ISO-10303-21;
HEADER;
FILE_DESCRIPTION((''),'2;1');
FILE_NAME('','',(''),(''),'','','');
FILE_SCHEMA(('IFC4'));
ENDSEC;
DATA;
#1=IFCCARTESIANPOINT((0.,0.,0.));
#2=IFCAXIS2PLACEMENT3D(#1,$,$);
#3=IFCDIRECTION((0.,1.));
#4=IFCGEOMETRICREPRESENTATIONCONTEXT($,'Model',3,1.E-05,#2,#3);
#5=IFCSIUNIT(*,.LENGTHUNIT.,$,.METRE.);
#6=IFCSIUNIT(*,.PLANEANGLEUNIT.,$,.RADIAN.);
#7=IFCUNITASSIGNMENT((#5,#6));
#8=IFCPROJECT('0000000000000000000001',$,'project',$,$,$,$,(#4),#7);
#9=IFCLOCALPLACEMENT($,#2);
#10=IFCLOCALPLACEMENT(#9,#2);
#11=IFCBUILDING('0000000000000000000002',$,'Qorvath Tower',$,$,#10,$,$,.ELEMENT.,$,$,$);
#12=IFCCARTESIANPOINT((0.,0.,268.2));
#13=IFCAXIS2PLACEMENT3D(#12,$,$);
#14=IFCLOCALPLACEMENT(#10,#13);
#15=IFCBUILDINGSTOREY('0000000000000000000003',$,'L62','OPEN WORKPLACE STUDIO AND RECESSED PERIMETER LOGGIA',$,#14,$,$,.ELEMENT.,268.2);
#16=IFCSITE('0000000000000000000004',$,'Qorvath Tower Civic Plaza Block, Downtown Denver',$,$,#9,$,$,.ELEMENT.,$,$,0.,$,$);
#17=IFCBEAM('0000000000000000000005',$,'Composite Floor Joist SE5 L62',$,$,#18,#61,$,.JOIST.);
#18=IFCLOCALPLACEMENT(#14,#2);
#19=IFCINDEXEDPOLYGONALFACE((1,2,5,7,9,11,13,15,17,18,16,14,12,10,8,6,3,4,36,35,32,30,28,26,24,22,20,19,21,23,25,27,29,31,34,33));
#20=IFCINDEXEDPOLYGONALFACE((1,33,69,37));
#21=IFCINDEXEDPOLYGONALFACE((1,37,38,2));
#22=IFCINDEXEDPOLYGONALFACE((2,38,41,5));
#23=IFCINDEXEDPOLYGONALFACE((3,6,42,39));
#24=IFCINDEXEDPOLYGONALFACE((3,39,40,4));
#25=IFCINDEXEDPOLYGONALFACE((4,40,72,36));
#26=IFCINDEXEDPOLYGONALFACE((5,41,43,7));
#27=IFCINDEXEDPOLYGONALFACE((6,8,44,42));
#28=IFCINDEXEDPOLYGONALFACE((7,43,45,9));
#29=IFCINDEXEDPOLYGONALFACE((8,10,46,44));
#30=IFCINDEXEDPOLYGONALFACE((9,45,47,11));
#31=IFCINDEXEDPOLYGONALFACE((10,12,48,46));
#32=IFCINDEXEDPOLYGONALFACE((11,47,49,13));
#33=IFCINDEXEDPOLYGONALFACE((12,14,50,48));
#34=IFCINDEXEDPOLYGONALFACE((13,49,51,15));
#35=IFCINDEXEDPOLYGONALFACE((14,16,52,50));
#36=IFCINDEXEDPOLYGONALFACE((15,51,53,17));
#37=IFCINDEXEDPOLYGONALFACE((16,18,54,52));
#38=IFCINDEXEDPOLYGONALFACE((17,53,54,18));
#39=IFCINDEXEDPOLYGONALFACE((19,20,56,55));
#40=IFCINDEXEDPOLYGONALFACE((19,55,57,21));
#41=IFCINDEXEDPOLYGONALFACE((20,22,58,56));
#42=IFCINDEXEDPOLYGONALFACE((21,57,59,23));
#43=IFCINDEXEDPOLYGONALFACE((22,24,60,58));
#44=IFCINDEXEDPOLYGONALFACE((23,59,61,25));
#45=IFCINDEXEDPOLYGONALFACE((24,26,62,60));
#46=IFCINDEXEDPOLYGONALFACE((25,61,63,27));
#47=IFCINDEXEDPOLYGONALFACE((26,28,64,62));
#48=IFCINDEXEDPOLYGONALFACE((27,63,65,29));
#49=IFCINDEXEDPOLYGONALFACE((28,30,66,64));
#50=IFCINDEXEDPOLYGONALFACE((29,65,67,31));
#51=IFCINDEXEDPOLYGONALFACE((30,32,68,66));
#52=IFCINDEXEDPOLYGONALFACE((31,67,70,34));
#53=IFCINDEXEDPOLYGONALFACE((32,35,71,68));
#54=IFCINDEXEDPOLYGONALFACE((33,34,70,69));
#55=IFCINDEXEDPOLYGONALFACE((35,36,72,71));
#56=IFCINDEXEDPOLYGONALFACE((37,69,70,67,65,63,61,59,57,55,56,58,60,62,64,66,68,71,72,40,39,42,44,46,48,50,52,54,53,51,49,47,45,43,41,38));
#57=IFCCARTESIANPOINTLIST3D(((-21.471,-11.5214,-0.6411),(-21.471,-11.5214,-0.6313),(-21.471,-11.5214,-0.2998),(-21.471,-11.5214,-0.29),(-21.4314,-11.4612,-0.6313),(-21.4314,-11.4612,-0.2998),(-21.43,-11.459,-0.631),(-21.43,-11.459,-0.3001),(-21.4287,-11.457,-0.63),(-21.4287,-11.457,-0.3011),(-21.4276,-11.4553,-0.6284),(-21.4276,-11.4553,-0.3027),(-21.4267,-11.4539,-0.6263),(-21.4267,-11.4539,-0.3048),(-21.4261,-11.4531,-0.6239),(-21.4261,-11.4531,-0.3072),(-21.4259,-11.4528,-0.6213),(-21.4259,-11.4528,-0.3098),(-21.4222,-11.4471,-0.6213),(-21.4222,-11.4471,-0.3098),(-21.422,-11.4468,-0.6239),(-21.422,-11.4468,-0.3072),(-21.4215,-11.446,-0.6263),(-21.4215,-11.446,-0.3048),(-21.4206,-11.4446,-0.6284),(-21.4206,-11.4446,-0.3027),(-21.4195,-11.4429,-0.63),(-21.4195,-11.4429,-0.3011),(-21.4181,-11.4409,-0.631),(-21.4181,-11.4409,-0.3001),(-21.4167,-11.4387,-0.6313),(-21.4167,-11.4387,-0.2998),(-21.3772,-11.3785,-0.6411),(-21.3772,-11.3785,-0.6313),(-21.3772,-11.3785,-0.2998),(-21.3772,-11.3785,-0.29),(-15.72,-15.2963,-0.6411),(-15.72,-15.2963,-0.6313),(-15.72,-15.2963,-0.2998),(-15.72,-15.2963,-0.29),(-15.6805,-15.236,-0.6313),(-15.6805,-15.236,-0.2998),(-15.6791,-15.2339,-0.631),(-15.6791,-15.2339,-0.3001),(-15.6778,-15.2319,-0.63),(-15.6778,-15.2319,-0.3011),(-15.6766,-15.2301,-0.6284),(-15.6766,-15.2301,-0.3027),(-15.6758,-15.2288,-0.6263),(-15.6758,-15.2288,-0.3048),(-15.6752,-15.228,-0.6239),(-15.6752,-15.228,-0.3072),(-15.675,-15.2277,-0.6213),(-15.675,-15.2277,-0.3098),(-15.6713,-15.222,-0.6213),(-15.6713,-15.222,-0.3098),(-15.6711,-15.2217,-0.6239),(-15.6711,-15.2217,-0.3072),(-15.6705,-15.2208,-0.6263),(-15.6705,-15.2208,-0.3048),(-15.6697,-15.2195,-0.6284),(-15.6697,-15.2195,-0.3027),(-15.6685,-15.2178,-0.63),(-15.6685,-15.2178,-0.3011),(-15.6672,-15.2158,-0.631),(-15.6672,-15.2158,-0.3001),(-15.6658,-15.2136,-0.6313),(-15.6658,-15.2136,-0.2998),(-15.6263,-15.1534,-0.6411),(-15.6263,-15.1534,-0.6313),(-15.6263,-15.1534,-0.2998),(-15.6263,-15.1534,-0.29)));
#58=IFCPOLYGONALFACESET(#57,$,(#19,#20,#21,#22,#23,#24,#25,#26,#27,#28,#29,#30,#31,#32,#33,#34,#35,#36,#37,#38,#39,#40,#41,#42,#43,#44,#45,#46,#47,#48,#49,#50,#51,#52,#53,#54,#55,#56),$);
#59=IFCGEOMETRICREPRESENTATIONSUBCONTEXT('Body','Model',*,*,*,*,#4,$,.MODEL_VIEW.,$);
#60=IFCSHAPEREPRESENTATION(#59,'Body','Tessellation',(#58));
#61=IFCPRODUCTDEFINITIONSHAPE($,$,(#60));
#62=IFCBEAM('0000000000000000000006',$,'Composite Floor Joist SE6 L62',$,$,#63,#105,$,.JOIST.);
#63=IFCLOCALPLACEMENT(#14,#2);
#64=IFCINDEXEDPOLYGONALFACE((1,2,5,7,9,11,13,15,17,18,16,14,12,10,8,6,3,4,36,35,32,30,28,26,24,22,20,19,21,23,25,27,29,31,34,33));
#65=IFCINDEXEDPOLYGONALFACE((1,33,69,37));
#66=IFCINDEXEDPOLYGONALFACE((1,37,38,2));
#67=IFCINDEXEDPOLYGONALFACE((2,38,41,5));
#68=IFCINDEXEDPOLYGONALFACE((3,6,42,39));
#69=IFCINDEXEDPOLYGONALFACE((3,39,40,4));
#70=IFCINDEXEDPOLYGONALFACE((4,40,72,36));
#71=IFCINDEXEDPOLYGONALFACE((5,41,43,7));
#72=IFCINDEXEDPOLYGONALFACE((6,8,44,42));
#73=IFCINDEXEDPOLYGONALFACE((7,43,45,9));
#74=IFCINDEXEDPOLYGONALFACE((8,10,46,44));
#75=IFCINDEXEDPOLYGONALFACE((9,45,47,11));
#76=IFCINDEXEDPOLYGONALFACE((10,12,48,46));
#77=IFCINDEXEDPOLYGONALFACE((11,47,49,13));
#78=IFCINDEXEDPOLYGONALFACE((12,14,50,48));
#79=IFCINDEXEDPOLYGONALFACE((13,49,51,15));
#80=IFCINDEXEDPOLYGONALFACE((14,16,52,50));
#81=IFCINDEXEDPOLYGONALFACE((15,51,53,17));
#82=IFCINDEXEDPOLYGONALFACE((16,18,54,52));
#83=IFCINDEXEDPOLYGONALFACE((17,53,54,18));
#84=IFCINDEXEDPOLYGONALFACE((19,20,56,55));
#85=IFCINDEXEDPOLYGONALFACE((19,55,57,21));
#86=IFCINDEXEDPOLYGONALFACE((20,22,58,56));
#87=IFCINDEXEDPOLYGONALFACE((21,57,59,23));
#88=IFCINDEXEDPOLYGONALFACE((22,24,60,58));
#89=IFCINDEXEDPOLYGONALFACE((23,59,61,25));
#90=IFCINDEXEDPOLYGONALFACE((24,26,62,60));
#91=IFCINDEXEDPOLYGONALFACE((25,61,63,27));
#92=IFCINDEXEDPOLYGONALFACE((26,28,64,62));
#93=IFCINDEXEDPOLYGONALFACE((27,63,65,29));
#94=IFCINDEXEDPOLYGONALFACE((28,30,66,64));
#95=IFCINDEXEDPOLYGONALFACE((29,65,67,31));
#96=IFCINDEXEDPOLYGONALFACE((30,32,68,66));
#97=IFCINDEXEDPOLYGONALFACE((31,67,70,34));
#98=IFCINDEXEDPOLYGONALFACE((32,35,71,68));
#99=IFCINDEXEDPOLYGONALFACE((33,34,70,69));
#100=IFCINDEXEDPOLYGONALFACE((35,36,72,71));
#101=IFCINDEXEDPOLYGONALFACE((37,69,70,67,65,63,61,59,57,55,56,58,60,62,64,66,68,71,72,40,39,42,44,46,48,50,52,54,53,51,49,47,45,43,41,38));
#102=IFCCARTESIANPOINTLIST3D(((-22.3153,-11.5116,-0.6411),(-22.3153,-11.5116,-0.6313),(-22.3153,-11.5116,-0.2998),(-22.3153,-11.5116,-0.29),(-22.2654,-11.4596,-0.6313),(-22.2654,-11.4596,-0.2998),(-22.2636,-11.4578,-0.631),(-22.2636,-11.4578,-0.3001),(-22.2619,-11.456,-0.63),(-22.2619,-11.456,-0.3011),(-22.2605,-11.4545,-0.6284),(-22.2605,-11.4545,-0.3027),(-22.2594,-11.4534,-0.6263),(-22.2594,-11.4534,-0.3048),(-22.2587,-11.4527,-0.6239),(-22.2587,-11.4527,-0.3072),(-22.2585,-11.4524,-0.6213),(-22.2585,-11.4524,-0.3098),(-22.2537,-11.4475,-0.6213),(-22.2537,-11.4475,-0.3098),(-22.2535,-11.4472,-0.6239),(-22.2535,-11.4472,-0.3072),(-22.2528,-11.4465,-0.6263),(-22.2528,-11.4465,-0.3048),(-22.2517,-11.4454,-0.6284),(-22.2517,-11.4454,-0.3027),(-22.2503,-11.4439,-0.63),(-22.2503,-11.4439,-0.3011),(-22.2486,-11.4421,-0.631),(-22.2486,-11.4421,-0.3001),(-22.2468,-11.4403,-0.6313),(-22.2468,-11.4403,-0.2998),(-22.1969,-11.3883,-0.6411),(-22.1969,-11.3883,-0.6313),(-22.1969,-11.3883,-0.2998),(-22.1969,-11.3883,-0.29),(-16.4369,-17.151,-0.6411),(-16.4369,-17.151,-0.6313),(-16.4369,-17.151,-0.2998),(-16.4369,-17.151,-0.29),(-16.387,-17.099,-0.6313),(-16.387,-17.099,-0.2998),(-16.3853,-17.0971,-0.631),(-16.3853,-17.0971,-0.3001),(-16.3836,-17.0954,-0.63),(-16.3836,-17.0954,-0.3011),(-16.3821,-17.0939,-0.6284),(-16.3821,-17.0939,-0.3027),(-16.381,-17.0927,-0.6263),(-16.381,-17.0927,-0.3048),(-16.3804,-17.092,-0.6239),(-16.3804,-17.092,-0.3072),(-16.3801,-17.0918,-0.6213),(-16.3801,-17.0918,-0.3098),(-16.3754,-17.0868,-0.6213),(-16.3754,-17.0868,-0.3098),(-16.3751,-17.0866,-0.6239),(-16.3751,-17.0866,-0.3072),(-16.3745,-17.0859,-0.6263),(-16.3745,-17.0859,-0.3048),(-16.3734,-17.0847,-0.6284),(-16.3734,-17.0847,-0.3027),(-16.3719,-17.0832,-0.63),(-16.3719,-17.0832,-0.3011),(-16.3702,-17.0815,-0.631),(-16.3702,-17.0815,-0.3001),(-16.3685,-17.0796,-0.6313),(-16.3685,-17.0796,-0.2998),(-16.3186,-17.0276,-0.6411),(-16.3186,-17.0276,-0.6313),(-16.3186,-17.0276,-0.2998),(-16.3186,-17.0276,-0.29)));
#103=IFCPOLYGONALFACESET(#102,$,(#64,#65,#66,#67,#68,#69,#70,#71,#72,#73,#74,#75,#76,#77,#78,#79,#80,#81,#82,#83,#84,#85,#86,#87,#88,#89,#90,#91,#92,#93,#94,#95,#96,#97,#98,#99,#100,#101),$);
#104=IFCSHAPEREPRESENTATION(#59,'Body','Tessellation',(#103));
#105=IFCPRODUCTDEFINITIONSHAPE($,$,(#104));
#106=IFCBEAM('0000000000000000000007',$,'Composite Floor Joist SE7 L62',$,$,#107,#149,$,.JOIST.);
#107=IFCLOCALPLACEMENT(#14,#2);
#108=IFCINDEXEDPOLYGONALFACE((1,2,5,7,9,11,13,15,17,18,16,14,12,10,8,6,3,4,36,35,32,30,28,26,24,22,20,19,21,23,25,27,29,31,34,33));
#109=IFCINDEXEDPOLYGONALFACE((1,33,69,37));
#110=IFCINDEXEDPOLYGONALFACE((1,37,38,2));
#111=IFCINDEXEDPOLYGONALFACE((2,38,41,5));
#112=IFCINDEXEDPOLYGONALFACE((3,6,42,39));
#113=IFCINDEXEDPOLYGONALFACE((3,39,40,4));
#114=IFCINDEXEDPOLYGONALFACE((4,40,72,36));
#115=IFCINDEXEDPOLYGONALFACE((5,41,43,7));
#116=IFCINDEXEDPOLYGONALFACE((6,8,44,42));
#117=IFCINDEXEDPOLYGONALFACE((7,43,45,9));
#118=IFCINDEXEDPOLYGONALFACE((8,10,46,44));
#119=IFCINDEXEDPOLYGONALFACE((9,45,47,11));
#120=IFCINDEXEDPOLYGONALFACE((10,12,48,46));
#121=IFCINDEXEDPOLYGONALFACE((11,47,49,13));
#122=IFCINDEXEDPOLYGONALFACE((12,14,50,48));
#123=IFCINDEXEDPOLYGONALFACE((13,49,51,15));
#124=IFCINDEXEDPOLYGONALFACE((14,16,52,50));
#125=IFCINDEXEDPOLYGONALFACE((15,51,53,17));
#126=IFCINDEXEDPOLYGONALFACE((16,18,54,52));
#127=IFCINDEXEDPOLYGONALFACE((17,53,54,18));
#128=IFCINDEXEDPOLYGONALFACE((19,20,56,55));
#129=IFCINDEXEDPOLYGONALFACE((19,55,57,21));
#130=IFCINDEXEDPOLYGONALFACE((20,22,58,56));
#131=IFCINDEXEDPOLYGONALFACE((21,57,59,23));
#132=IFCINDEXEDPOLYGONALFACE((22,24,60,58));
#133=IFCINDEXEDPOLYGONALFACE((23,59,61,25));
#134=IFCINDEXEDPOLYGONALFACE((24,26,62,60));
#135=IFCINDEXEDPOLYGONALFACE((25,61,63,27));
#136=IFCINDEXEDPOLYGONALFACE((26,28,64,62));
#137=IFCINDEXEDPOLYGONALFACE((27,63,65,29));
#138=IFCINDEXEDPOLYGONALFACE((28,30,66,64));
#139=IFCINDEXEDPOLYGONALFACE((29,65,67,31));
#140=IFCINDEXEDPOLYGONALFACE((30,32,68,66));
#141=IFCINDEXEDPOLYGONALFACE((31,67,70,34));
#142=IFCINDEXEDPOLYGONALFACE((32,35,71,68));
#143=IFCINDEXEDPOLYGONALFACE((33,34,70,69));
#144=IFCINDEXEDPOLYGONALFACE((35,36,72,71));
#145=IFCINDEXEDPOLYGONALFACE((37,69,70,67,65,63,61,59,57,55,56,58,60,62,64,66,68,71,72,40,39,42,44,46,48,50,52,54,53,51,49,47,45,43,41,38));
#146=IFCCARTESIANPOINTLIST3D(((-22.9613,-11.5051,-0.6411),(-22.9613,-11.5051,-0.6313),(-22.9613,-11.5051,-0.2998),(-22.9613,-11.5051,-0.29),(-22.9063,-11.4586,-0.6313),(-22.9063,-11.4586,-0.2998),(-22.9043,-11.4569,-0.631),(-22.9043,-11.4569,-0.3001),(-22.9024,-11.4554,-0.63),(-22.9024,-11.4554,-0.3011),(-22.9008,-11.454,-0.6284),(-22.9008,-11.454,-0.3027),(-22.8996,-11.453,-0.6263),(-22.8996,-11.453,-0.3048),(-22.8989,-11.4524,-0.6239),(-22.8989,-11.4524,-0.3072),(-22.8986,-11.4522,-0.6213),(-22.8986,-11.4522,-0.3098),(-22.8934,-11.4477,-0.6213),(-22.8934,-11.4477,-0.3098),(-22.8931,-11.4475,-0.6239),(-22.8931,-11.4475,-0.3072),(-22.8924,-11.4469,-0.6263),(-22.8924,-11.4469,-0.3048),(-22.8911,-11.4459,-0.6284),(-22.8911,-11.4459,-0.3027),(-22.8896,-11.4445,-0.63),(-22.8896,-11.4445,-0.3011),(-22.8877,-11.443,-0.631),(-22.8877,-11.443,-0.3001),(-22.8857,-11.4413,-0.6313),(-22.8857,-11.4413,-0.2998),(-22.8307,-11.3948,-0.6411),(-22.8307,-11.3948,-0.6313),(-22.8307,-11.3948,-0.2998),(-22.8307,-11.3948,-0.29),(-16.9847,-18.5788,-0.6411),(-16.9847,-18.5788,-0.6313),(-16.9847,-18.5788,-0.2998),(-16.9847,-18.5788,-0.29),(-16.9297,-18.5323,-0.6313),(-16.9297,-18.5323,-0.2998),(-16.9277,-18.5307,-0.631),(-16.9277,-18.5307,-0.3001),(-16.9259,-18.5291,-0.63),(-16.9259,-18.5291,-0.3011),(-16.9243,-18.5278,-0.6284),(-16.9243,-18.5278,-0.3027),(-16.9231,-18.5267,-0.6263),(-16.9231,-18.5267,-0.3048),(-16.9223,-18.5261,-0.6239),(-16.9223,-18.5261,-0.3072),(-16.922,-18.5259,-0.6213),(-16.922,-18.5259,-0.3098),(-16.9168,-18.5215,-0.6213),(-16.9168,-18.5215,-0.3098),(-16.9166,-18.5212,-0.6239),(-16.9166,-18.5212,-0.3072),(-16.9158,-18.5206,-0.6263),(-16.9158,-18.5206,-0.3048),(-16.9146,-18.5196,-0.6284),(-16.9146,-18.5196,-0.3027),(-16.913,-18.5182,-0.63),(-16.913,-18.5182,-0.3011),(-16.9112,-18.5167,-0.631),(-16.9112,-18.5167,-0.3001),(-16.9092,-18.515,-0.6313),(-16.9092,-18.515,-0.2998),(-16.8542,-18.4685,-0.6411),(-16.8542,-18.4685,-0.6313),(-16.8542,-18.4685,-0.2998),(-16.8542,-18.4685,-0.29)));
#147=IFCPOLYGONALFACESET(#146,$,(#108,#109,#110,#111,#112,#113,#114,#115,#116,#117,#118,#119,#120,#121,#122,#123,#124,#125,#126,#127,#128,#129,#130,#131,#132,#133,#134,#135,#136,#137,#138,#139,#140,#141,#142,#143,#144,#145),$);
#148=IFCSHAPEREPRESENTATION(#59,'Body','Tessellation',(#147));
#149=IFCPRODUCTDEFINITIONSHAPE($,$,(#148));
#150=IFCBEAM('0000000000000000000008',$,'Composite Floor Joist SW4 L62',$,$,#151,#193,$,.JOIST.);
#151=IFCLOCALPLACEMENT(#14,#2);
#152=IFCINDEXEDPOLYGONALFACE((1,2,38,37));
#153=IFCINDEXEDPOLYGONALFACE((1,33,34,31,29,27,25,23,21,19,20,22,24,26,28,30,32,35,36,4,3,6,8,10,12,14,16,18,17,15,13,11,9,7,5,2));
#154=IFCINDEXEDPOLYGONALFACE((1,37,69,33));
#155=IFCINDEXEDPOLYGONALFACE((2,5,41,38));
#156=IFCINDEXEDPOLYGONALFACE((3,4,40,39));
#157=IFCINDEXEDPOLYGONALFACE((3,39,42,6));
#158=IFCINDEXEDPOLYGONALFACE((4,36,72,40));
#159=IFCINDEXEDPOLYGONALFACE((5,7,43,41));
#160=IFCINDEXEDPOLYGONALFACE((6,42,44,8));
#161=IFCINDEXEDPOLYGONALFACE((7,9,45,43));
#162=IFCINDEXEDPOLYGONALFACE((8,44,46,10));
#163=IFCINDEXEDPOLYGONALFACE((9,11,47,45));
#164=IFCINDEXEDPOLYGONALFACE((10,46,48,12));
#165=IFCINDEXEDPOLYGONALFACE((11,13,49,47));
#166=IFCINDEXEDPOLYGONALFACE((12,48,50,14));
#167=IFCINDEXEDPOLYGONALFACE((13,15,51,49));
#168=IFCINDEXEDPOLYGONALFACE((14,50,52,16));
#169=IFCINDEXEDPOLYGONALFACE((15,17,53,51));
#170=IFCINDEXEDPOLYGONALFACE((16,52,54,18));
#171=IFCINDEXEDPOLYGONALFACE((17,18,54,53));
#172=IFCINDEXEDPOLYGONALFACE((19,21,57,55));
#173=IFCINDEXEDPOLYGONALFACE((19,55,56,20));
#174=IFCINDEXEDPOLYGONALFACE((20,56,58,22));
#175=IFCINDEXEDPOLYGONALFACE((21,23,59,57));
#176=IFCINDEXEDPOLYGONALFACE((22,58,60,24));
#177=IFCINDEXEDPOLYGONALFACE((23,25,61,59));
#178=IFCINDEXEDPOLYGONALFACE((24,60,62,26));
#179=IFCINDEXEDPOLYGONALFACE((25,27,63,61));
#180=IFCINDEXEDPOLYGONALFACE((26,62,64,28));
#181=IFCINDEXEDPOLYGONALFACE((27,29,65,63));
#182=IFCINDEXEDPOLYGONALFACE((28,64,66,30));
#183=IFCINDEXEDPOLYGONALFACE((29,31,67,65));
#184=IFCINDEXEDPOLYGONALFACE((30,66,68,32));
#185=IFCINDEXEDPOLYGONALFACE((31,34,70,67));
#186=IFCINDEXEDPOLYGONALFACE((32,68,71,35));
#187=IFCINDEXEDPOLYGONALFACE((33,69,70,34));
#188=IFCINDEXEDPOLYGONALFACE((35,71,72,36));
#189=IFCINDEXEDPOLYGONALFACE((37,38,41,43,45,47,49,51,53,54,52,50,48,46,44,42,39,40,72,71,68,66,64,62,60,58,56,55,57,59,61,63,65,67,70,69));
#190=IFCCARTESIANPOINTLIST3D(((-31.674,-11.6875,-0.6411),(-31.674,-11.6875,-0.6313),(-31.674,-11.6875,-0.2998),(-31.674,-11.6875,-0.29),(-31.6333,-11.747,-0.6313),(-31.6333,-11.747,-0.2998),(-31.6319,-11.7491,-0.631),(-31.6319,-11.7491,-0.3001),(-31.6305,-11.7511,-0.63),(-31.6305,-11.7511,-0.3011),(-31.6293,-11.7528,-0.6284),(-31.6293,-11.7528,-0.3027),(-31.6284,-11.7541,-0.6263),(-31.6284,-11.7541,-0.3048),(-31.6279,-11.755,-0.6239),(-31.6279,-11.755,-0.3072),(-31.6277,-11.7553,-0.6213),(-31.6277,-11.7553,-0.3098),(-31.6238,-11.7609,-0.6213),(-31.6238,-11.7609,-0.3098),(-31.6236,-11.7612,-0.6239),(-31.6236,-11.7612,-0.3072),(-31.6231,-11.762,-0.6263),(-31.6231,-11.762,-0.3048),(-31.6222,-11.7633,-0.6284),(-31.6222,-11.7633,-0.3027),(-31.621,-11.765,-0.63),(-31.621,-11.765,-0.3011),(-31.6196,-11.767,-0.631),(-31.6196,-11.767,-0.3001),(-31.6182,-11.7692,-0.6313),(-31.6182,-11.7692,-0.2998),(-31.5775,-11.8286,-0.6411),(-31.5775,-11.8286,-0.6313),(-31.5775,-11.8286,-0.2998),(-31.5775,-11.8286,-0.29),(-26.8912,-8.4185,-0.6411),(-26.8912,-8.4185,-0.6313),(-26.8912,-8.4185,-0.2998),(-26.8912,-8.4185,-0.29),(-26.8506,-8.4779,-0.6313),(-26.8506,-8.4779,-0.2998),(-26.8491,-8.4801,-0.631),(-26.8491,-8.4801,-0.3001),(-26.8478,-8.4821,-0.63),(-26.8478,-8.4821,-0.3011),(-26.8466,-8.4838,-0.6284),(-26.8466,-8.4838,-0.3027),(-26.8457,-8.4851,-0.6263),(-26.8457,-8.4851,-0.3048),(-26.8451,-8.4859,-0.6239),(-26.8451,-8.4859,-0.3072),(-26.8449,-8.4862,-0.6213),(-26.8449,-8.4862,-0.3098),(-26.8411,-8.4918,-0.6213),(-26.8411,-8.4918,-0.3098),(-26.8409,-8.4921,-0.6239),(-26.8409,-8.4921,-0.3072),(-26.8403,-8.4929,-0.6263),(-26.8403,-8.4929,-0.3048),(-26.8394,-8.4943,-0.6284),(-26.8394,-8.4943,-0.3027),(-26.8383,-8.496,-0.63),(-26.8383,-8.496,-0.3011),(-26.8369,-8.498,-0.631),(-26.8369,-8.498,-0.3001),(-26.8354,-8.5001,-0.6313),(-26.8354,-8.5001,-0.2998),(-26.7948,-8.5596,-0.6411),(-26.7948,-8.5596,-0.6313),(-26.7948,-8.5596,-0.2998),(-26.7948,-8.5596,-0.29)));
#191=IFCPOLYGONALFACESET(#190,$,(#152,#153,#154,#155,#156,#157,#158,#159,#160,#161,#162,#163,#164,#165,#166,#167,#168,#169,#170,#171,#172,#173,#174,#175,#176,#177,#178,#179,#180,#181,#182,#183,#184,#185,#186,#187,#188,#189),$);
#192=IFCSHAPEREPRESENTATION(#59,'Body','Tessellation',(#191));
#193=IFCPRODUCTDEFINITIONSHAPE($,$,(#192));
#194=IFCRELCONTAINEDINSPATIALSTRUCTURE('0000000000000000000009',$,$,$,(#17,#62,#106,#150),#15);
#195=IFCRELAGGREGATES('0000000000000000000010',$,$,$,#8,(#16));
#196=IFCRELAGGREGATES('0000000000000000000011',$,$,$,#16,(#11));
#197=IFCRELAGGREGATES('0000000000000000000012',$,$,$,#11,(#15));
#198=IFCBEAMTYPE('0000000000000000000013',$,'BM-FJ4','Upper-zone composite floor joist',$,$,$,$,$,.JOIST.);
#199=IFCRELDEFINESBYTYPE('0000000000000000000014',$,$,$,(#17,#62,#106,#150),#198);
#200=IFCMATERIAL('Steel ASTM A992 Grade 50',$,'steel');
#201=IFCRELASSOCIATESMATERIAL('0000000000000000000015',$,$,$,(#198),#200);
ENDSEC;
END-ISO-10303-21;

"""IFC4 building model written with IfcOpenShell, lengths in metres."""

from ifc_helpers import new_model, si_unit, direction, frame, origin, origin_2d, place, context, subcontext, project, spatial, i_section, extrude, material, material_profile, profile_set, type_object, element, save


model = new_model("IFC4")

# Units and contexts
model_context = context("Model", 3, precision=1e-05, world=origin(), true_north=direction((0.0, 1.0)))
body_context = subcontext(model_context, "Body", "Model", "MODEL_VIEW")
ifc_project = project(units=[si_unit("LENGTHUNIT", "METRE"), si_unit("PLANEANGLEUNIT", "RADIAN")], contexts=[model_context])

# Site, building, storey
site_placement = place(None, origin())
site = spatial("IfcSite", under=ifc_project, at=site_placement, Name="Qorvath Tower Civic Plaza Block, Downtown Denver", CompositionType="ELEMENT", RefElevation=0.0)
building_placement = place(site_placement, origin())
building = spatial("IfcBuilding", under=site, at=building_placement, Name="Qorvath Tower", CompositionType="ELEMENT")
storey_placement = place(building_placement, frame((0.0, 0.0, 268.2)))
storey = spatial("IfcBuildingStorey", under=building, at=storey_placement, Name="L62", Description="OPEN WORKPLACE STUDIO AND RECESSED PERIMETER LOGGIA", CompositionType="ELEMENT", Elevation=268.2)

# Beams
ifc_material_1 = material(Name="Steel ASTM A992 Grade 50", Category="steel")
ifc_material_profile_1 = material_profile(ifc_material_1, i_section(OverallWidth=0.1709, OverallDepth=0.3511, WebThickness=0.0068, FlangeThickness=0.0098, FilletRadius=0.01, at=origin_2d()), Name="W14x30")
ifc_profile_set_1 = profile_set([ifc_material_profile_1], Name="Steel ASTM A992 Grade 50")
beam_type_1 = type_object("IfcBeamType", Name="BM-FJ4", Description="Upper-zone composite floor joist", PredefinedType="JOIST", material=ifc_profile_set_1)
beam_1_placement = place(storey_placement, frame((-21.4241, -11.45, -0.4656), z_axis=(0.835993, -0.54874, 0.0), x_axis=(0.54874, 0.835993, 0.0)))
element("IfcBeam", 1, at=beam_1_placement, inside=storey, type_object=beam_type_1, Name="Composite Floor Joist SE5 L62", PredefinedType="JOIST", context=body_context, shape_type="SweptSolid", body=[
    extrude(i_section(OverallWidth=0.1709, OverallDepth=0.3511, WebThickness=0.0068, FlangeThickness=0.0098, FilletRadius=0.01, at=origin_2d()), origin(), (0.0, 0.0, 1.0), 6.8792),
])
beam_2_placement = place(storey_placement, frame((-22.2561, -11.45, -0.4656), z_axis=(0.721625, -0.692284, 0.0), x_axis=(0.692284, 0.721625, 0.0)))
element("IfcBeam", 2, at=beam_2_placement, inside=storey, type_object=beam_type_1, Name="Composite Floor Joist SE6 L62", PredefinedType="JOIST", context=body_context, shape_type="SweptSolid", body=[
    extrude(i_section(OverallWidth=0.1709, OverallDepth=0.3511, WebThickness=0.0068, FlangeThickness=0.0098, FilletRadius=0.01, at=origin_2d()), origin(), (0.0, 0.0, 1.0), 8.146),
])
beam_3_placement = place(storey_placement, frame((-22.896, -11.45, -0.4656), z_axis=(0.645382, -0.76386, 0.0), x_axis=(0.76386, 0.645382, 0.0)))
element("IfcBeam", 3, at=beam_3_placement, inside=storey, type_object=beam_type_1, Name="Composite Floor Joist SE7 L62", PredefinedType="JOIST", context=body_context, shape_type="SweptSolid", body=[
    extrude(i_section(OverallWidth=0.1709, OverallDepth=0.3511, WebThickness=0.0068, FlangeThickness=0.0098, FilletRadius=0.01, at=origin_2d()), origin(), (0.0, 0.0, 1.0), 9.2605),
])
beam_4_placement = place(storey_placement, frame((-26.843, -8.489, -0.4656), z_axis=(-0.825576, -0.564291, 0.0), x_axis=(0.564291, -0.825576, 0.0)))
element("IfcBeam", 4, at=beam_4_placement, inside=storey, type_object=beam_type_1, Name="Composite Floor Joist SW4 L62", PredefinedType="JOIST", context=body_context, shape_type="SweptSolid", body=[
    extrude(i_section(OverallWidth=0.1709, OverallDepth=0.3511, WebThickness=0.0068, FlangeThickness=0.0098, FilletRadius=0.01, at=origin_2d()), origin(), (0.0, 0.0, 1.0), 5.7932),
])

save(model, "model.ifc")
